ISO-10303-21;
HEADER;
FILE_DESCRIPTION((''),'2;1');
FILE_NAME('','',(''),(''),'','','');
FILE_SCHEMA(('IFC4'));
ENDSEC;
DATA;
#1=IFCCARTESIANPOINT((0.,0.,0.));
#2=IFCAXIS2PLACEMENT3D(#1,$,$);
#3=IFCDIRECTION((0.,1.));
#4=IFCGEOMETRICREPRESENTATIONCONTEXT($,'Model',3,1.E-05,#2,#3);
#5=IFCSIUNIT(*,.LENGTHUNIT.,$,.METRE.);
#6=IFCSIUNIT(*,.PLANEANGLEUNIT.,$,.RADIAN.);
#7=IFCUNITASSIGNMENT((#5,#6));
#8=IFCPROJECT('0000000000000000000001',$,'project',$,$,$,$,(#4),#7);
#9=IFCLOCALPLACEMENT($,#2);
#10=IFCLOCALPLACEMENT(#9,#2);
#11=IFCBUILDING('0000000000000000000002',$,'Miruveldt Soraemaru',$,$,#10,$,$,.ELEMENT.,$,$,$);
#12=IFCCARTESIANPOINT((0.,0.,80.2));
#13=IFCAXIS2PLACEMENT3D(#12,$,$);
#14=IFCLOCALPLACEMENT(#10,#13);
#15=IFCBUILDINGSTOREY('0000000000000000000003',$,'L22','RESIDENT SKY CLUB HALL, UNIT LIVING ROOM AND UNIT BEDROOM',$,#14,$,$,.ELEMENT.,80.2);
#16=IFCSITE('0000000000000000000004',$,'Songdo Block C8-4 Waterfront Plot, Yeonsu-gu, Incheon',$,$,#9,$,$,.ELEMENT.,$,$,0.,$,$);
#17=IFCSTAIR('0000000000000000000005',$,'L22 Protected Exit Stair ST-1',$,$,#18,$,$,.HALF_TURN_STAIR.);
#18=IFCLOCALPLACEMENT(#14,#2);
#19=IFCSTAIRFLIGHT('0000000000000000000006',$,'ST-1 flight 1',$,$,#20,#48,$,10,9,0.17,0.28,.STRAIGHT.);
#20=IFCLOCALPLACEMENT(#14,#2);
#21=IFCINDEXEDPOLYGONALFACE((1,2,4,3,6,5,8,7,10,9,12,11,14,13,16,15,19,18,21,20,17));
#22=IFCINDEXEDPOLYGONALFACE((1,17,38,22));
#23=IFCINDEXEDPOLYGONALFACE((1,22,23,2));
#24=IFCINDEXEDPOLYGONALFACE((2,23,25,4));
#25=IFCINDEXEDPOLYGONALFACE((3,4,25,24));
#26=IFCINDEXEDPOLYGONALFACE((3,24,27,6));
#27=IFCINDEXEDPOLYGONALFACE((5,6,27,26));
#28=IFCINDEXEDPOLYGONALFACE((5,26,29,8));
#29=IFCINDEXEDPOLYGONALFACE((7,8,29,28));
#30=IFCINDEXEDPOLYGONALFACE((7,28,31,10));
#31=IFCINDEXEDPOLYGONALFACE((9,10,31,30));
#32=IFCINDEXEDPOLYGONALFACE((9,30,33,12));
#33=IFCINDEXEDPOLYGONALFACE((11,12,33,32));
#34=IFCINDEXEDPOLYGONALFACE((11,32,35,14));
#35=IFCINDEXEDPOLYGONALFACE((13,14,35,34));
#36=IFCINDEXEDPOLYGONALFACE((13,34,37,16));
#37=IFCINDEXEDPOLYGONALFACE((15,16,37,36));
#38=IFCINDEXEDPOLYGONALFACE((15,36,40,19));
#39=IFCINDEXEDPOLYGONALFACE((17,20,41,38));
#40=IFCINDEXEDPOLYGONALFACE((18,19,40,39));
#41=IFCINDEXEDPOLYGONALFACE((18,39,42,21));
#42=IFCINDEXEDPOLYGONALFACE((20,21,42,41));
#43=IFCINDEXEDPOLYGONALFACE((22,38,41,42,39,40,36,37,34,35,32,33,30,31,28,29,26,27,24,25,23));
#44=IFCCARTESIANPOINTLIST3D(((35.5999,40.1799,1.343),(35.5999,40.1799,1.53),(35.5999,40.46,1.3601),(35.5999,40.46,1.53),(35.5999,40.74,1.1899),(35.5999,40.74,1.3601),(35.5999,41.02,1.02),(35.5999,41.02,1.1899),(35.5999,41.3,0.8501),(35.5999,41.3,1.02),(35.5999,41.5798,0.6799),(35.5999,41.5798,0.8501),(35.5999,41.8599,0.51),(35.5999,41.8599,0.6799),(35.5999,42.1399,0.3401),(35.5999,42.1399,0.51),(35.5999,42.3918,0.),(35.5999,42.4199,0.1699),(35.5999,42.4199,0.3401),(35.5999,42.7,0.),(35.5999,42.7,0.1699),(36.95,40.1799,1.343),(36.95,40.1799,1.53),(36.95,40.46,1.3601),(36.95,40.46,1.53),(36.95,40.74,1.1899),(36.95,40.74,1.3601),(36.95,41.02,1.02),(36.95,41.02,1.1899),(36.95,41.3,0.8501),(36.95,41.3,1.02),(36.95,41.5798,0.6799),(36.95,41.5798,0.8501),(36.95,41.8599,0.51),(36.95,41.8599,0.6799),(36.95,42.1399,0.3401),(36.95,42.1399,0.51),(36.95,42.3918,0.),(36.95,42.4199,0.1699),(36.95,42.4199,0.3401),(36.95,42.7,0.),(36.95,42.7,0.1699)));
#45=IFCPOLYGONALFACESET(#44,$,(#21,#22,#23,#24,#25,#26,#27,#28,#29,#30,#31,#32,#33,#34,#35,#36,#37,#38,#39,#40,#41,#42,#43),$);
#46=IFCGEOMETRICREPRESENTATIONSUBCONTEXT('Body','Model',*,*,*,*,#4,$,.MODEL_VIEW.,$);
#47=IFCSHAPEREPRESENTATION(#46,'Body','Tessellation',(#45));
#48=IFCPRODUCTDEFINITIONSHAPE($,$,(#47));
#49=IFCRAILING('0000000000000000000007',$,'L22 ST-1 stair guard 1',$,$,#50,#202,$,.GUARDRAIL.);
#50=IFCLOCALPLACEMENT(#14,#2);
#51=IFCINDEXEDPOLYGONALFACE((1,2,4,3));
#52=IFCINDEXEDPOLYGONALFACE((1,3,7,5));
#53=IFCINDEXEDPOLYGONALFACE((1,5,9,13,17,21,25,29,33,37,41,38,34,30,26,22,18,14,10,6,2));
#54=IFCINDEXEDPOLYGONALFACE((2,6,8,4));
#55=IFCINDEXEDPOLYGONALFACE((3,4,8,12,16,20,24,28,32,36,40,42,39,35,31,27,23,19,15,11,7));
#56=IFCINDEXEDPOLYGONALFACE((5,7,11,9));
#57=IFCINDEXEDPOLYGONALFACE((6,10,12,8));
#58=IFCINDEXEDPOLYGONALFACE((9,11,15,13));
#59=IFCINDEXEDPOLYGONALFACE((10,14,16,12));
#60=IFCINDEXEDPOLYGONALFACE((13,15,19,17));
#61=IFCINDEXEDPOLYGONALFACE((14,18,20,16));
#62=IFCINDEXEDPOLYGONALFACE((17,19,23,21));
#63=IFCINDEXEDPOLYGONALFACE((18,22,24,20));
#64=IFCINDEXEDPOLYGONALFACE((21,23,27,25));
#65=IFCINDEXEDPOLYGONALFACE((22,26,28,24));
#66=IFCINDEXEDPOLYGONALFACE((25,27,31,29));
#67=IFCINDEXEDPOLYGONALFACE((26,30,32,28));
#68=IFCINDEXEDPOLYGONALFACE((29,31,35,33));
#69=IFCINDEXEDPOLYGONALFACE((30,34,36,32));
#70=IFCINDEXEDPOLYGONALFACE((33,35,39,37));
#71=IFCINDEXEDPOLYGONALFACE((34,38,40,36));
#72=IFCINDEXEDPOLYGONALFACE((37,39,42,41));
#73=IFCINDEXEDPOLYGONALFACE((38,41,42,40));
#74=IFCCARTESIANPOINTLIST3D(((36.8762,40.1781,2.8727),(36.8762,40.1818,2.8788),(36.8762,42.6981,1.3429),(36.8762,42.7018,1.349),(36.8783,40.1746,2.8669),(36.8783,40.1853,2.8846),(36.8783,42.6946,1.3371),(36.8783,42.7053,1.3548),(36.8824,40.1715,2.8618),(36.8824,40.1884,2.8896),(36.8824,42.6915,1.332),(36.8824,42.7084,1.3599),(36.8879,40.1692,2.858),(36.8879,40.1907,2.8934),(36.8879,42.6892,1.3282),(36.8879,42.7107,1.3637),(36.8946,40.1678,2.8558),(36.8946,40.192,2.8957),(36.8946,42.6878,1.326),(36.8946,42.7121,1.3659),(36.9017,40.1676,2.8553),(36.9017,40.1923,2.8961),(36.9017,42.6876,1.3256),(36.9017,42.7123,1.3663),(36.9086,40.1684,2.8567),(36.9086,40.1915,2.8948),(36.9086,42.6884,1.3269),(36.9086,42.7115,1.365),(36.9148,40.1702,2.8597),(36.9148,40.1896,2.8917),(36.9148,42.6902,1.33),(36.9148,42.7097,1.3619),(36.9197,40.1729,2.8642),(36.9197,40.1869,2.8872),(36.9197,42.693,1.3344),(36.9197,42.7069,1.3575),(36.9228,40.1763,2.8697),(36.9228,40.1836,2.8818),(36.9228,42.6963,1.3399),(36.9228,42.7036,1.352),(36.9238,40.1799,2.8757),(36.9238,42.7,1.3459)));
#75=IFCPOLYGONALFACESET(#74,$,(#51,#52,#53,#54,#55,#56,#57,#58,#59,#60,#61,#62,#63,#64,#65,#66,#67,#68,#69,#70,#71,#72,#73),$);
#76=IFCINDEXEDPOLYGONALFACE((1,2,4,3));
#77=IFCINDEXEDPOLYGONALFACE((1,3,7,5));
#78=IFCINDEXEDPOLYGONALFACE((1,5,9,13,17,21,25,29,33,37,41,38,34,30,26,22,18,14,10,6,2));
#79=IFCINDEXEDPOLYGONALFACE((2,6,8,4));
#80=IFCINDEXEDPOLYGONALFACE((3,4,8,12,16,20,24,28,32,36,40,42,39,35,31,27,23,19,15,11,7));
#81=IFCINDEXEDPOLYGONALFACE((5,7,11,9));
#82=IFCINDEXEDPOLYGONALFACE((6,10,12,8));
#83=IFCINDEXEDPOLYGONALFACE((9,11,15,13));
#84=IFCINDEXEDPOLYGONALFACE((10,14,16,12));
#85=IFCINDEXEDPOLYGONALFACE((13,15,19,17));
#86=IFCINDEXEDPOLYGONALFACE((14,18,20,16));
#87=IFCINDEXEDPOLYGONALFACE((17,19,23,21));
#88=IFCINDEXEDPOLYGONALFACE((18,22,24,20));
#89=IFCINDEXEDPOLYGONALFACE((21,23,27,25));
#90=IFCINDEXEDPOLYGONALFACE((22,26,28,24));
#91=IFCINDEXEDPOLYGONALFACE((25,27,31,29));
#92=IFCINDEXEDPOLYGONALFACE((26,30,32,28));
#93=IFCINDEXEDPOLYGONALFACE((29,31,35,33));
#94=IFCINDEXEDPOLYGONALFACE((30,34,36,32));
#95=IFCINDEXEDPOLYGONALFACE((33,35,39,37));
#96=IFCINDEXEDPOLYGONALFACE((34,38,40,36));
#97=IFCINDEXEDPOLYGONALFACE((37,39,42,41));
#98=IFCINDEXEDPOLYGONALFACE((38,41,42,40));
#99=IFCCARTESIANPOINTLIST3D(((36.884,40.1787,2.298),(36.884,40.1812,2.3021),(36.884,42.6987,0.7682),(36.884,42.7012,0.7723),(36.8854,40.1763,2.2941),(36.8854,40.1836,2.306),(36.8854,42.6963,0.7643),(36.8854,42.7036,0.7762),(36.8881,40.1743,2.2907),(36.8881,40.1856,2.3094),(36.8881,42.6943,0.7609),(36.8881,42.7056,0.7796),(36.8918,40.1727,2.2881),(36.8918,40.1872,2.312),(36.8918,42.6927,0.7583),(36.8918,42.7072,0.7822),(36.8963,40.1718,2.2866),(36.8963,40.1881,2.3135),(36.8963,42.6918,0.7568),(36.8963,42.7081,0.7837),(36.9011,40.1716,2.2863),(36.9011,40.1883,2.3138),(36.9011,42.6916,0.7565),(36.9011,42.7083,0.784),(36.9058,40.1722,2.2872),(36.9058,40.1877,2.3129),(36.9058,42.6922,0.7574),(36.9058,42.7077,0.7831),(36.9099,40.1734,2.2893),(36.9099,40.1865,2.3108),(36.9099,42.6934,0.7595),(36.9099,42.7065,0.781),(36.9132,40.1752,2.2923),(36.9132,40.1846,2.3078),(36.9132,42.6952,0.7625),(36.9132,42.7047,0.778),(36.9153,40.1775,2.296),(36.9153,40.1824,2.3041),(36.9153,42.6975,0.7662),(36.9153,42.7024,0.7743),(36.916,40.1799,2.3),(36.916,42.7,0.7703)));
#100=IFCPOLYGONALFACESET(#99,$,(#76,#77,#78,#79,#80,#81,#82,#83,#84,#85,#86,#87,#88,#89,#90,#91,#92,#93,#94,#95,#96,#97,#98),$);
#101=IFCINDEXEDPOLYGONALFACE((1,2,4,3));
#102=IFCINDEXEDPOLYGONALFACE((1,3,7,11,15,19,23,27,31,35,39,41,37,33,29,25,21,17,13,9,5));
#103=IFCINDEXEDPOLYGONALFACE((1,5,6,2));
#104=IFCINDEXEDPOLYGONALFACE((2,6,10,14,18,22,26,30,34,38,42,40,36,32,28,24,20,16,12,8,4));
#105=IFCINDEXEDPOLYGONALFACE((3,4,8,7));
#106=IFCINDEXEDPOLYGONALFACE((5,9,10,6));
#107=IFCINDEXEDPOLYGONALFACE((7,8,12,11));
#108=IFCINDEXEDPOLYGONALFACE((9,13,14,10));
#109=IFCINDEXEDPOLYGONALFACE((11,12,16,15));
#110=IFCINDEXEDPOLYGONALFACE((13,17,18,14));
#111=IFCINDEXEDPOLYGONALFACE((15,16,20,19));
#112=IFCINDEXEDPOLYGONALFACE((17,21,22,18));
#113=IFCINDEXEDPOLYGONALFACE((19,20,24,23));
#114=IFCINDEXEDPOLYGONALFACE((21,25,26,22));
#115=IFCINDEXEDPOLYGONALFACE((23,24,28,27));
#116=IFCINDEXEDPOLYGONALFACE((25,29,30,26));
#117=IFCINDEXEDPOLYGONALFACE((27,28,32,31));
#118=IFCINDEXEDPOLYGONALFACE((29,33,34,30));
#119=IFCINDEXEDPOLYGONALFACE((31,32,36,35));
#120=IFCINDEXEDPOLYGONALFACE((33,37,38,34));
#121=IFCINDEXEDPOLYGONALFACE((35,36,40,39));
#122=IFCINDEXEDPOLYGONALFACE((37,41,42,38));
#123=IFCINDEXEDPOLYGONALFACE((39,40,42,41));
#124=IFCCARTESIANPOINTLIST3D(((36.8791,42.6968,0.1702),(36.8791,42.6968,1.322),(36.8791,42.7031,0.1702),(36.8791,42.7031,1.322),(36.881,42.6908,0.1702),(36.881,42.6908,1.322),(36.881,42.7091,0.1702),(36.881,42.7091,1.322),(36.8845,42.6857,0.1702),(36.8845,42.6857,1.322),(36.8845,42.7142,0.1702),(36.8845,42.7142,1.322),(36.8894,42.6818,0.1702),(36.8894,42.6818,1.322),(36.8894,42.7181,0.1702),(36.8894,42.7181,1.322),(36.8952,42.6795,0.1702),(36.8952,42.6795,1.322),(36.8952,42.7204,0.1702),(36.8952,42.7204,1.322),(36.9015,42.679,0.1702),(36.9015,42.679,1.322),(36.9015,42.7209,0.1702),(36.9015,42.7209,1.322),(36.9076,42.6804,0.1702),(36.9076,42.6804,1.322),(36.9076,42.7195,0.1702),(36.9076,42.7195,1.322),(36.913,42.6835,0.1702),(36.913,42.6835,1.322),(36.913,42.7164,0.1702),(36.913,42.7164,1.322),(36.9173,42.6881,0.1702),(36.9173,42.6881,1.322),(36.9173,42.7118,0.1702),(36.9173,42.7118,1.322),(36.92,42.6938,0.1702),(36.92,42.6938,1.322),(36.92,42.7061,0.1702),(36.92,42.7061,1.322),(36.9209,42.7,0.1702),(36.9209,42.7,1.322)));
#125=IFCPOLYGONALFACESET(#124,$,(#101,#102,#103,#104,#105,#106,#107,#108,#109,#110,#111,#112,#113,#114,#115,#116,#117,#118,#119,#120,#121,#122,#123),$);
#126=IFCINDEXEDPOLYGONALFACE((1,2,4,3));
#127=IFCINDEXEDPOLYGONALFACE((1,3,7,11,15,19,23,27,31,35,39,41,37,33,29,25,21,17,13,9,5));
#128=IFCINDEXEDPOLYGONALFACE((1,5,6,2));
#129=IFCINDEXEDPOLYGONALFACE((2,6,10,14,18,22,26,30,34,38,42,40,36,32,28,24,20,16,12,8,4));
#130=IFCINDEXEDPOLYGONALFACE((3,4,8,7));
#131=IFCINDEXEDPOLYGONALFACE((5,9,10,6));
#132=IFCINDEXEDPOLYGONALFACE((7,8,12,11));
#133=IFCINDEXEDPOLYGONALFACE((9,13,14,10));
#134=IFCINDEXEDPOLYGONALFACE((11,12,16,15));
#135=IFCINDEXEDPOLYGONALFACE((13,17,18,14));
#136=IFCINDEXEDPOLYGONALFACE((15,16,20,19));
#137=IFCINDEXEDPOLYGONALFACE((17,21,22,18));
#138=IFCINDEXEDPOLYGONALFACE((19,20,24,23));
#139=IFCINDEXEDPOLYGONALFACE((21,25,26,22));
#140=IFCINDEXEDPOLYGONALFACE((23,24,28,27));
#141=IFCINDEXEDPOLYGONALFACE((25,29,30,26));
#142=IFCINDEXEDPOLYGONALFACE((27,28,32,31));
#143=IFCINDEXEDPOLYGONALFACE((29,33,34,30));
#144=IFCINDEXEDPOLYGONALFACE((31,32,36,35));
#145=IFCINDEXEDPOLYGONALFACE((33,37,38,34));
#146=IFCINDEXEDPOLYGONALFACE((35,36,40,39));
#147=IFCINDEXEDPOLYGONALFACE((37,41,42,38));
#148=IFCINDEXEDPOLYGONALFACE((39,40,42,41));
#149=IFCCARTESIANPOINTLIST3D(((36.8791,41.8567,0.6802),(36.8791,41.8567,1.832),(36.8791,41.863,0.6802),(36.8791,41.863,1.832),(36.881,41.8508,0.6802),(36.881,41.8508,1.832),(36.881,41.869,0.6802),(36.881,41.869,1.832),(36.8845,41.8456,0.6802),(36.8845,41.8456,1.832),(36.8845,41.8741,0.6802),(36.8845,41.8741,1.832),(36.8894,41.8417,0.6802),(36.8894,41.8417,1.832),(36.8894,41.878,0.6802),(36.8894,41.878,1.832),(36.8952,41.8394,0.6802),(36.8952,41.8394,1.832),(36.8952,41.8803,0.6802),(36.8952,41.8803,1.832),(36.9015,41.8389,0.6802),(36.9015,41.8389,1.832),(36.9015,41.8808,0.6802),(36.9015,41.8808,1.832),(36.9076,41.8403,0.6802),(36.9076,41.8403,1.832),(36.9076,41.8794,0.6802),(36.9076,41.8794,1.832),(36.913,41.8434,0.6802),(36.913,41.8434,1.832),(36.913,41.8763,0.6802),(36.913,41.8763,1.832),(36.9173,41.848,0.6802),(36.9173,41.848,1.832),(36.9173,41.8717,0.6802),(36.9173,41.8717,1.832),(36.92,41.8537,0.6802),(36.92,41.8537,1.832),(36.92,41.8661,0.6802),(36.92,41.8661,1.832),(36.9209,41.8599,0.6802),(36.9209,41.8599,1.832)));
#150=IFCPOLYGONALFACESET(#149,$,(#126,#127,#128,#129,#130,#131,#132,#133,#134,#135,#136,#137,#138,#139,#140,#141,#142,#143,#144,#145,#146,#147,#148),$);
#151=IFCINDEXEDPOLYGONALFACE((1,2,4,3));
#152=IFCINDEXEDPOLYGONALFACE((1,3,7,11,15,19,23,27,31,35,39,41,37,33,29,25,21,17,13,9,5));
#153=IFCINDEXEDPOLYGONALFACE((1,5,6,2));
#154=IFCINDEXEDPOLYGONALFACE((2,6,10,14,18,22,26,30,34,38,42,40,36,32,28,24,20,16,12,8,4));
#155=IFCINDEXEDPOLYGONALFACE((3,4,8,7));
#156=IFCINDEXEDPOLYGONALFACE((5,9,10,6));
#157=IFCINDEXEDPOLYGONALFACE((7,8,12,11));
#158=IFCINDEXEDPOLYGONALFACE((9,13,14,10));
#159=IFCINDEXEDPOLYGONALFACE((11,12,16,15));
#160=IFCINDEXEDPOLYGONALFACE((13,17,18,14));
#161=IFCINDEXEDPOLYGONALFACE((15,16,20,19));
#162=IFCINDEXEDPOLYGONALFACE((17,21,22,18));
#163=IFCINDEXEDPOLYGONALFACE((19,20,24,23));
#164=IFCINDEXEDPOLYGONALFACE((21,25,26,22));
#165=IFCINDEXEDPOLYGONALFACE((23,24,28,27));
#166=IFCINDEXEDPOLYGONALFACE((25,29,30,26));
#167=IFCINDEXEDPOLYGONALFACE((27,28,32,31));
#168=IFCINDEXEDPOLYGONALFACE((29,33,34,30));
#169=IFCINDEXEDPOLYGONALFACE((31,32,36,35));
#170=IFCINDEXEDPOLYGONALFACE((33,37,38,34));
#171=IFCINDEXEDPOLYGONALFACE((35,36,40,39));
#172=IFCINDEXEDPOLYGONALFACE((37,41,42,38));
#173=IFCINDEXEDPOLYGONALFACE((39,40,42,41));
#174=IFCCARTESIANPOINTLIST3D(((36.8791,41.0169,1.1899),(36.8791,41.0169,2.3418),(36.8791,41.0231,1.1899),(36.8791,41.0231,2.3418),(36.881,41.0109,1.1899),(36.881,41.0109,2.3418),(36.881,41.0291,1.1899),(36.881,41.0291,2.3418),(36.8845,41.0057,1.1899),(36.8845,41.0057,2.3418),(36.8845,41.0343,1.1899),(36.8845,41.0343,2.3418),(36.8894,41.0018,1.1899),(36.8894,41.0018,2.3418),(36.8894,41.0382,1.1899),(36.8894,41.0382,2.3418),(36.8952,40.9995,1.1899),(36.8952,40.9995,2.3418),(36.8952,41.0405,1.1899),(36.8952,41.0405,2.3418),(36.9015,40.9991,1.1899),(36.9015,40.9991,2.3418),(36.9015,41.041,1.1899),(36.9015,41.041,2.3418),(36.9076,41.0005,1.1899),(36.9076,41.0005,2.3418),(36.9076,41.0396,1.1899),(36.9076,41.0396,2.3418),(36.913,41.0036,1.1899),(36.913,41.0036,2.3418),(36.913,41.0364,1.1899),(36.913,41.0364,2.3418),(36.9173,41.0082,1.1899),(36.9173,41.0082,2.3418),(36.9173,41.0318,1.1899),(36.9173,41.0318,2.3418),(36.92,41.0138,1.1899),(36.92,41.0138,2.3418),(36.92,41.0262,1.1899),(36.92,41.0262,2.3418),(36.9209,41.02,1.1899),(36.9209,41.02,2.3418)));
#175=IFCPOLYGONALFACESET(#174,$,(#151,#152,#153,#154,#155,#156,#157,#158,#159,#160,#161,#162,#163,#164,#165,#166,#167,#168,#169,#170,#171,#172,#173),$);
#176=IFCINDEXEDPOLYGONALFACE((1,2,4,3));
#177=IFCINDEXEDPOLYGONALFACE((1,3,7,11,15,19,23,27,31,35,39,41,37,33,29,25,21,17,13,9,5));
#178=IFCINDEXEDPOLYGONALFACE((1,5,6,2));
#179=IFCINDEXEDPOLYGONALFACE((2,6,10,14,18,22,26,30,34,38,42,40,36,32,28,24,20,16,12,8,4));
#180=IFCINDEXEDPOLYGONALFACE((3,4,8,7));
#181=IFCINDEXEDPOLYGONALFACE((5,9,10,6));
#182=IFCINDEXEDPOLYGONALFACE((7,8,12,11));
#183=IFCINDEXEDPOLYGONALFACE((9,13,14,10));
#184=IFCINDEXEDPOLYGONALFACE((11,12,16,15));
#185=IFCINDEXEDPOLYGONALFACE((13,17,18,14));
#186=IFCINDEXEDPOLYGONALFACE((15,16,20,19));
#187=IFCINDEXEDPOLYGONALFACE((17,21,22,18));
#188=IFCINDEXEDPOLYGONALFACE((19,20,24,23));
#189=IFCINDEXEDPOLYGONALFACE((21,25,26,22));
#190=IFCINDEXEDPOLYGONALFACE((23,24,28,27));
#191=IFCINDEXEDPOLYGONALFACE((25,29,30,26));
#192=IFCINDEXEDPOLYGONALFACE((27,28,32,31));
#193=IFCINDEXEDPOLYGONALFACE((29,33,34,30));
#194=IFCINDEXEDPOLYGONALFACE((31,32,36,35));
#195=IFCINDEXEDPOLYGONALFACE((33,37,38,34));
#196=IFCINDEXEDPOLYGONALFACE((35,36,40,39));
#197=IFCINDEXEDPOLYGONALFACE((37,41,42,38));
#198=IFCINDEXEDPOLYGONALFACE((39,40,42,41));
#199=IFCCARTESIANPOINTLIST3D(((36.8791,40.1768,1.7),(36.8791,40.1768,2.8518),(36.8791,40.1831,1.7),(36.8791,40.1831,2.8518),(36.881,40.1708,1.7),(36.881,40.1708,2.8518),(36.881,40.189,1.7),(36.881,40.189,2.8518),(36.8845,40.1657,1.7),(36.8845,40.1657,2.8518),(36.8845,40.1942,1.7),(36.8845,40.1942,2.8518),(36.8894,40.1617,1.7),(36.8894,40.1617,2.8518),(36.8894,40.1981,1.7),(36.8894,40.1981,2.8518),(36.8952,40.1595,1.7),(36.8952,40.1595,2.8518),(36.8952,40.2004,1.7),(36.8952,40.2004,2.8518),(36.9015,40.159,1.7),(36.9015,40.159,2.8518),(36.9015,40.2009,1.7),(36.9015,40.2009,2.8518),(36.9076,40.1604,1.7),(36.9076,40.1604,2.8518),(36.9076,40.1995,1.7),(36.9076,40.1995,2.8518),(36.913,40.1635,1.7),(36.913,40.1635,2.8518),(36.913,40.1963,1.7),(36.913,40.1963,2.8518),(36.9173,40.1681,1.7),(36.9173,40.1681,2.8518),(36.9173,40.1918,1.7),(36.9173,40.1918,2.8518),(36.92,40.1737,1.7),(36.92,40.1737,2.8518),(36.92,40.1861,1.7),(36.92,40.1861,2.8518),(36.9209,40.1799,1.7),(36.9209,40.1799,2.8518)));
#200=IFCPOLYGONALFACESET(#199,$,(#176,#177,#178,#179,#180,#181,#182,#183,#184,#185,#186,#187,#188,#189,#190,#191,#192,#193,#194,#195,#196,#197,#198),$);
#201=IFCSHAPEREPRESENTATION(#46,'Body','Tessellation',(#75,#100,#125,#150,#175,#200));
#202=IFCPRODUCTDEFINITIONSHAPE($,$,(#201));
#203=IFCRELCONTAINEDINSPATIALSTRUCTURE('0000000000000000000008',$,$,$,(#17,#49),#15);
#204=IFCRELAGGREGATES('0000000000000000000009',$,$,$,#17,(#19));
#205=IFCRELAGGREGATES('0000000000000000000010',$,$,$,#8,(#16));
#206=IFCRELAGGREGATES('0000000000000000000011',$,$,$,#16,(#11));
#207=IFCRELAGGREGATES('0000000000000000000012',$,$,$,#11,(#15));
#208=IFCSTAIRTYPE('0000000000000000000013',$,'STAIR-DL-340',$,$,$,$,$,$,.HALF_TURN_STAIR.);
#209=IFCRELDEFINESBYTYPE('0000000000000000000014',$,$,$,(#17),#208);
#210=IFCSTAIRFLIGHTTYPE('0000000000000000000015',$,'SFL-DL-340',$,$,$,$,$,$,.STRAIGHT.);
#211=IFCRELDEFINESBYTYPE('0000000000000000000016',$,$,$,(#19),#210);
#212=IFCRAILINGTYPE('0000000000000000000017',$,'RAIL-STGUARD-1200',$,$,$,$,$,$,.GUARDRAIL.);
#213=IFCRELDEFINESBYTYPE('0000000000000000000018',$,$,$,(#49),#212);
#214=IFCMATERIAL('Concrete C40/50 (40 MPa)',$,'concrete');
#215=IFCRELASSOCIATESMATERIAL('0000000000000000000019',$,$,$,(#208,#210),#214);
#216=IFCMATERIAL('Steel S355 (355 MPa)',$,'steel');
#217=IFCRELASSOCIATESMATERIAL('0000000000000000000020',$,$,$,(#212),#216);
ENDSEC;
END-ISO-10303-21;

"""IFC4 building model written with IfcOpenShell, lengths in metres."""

from ifc_helpers import new_model, si_unit, direction, frame, origin, origin_2d, place, context, subcontext, project, spatial, polyline, circle, outline, extrude, material, type_object, element, aggregate, save


model = new_model("IFC4")

# Units and contexts
model_context = context("Model", 3, precision=1e-05, world=origin(), true_north=direction((0.0, 1.0)))
body_context = subcontext(model_context, "Body", "Model", "MODEL_VIEW")
ifc_project = project(units=[si_unit("LENGTHUNIT", "METRE"), si_unit("PLANEANGLEUNIT", "RADIAN")], contexts=[model_context])

# Site, building, storey
site_placement = place(None, origin())
site = spatial("IfcSite", under=ifc_project, at=site_placement, Name="Songdo Block C8-4 Waterfront Plot, Yeonsu-gu, Incheon", CompositionType="ELEMENT", RefElevation=0.0)
building_placement = place(site_placement, origin())
building = spatial("IfcBuilding", under=site, at=building_placement, Name="Miruveldt Soraemaru", CompositionType="ELEMENT")
storey_placement = place(building_placement, frame((0.0, 0.0, 80.2)))
storey = spatial("IfcBuildingStorey", under=building, at=storey_placement, Name="L22", Description="RESIDENT SKY CLUB HALL, UNIT LIVING ROOM AND UNIT BEDROOM", CompositionType="ELEMENT", Elevation=80.2)

# Shared definitions
ifc_material_1 = material(Name="Concrete C40/50 (40 MPa)", Category="concrete")

# Stair, stair flight
stair_type = type_object("IfcStairType", Name="STAIR-DL-340", PredefinedType="HALF_TURN_STAIR", material=ifc_material_1)
stair_placement = place(storey_placement, origin())
stair = element("IfcStair", 1, at=stair_placement, inside=storey, type_object=stair_type, Name="L22 Protected Exit Stair ST-1", PredefinedType="HALF_TURN_STAIR")
stair_flight_type = type_object("IfcStairFlightType", Name="SFL-DL-340", PredefinedType="STRAIGHT", material=ifc_material_1)
stair_flight_placement = place(storey_placement, frame((36.2749, 42.7, 0.0), z_axis=(0.0, 0.0, 1.0), x_axis=(0.0, -1.0, 0.0)))
stair_flight = element("IfcStairFlight", 2, at=stair_flight_placement, type_object=stair_flight_type, Name="ST-1 flight 1", NumberOfRisers=10, NumberOfTreads=9, PredefinedType="STRAIGHT", RiserHeight=0.17, TreadLength=0.28, context=body_context, shape_type="SweptSolid", body=[
    extrude(outline(polyline([(0.0, 0.0), (0.0, 0.1699), (0.28, 0.1699), (0.28, 0.3401), (0.5601, 0.3401), (0.5601, 0.51), (0.8401, 0.51), (0.8401, 0.6799), (1.1201, 0.6799), (1.1201, 0.8501), (1.3999, 0.8501), (1.3999, 1.02), (1.6799, 1.02), (1.6799, 1.1899), (1.96, 1.1899), (1.96, 1.3601), (2.24, 1.3601), (2.24, 1.53), (2.52, 1.53), (2.52, 1.7), (2.52, 1.343), (0.3081, 0.0), (0.0, 0.0)])), frame((0.0, 0.675, 0.0), z_axis=(0.0, -1.0, 0.0), x_axis=(1.0, 0.0, 0.0)), (0.0, 0.0, 1.0), 1.3501),
])
aggregate(stair, [stair_flight])

# Railing
ifc_material_2 = material(Name="Steel S355 (355 MPa)", Category="steel")
railing_type_1 = type_object("IfcRailingType", Name="RAIL-STGUARD-1200", PredefinedType="GUARDRAIL", material=ifc_material_2)
railing_1_placement = place(storey_placement, frame((36.8999, 42.7, 0.1702)))
element("IfcRailing", 3, at=railing_1_placement, inside=storey, type_object=railing_type_1, Name="L22 ST-1 stair guard 1", PredefinedType="GUARDRAIL", context=body_context, shape_type="SweptSolid", body=[
    extrude(circle(Radius=0.0239, at=origin_2d()), frame((0.0, 0.0, 1.1758), z_axis=(0.0, -0.854822, 0.518922), x_axis=(1.0, 0.0, 0.0)), (0.0, 0.0, 1.0), 2.948),
    extrude(circle(Radius=0.0161, at=origin_2d()), frame((0.0, 0.0, 0.6001), z_axis=(0.0, -0.854822, 0.518922), x_axis=(1.0, 0.0, 0.0)), (0.0, 0.0, 1.0), 2.948),
    extrude(circle(Radius=0.021, at=origin_2d()), origin(), (0.0, 0.0, 1.0), 1.1519),
    extrude(circle(Radius=0.021, at=origin_2d()), frame((0.0, -0.8401, 0.51)), (0.0, 0.0, 1.0), 1.1519),
    extrude(circle(Radius=0.021, at=origin_2d()), frame((0.0, -1.6799, 1.0198)), (0.0, 0.0, 1.0), 1.1519),
    extrude(circle(Radius=0.021, at=origin_2d()), frame((0.0, -2.52, 1.5298)), (0.0, 0.0, 1.0), 1.1519),
])

save(model, "model.ifc")
